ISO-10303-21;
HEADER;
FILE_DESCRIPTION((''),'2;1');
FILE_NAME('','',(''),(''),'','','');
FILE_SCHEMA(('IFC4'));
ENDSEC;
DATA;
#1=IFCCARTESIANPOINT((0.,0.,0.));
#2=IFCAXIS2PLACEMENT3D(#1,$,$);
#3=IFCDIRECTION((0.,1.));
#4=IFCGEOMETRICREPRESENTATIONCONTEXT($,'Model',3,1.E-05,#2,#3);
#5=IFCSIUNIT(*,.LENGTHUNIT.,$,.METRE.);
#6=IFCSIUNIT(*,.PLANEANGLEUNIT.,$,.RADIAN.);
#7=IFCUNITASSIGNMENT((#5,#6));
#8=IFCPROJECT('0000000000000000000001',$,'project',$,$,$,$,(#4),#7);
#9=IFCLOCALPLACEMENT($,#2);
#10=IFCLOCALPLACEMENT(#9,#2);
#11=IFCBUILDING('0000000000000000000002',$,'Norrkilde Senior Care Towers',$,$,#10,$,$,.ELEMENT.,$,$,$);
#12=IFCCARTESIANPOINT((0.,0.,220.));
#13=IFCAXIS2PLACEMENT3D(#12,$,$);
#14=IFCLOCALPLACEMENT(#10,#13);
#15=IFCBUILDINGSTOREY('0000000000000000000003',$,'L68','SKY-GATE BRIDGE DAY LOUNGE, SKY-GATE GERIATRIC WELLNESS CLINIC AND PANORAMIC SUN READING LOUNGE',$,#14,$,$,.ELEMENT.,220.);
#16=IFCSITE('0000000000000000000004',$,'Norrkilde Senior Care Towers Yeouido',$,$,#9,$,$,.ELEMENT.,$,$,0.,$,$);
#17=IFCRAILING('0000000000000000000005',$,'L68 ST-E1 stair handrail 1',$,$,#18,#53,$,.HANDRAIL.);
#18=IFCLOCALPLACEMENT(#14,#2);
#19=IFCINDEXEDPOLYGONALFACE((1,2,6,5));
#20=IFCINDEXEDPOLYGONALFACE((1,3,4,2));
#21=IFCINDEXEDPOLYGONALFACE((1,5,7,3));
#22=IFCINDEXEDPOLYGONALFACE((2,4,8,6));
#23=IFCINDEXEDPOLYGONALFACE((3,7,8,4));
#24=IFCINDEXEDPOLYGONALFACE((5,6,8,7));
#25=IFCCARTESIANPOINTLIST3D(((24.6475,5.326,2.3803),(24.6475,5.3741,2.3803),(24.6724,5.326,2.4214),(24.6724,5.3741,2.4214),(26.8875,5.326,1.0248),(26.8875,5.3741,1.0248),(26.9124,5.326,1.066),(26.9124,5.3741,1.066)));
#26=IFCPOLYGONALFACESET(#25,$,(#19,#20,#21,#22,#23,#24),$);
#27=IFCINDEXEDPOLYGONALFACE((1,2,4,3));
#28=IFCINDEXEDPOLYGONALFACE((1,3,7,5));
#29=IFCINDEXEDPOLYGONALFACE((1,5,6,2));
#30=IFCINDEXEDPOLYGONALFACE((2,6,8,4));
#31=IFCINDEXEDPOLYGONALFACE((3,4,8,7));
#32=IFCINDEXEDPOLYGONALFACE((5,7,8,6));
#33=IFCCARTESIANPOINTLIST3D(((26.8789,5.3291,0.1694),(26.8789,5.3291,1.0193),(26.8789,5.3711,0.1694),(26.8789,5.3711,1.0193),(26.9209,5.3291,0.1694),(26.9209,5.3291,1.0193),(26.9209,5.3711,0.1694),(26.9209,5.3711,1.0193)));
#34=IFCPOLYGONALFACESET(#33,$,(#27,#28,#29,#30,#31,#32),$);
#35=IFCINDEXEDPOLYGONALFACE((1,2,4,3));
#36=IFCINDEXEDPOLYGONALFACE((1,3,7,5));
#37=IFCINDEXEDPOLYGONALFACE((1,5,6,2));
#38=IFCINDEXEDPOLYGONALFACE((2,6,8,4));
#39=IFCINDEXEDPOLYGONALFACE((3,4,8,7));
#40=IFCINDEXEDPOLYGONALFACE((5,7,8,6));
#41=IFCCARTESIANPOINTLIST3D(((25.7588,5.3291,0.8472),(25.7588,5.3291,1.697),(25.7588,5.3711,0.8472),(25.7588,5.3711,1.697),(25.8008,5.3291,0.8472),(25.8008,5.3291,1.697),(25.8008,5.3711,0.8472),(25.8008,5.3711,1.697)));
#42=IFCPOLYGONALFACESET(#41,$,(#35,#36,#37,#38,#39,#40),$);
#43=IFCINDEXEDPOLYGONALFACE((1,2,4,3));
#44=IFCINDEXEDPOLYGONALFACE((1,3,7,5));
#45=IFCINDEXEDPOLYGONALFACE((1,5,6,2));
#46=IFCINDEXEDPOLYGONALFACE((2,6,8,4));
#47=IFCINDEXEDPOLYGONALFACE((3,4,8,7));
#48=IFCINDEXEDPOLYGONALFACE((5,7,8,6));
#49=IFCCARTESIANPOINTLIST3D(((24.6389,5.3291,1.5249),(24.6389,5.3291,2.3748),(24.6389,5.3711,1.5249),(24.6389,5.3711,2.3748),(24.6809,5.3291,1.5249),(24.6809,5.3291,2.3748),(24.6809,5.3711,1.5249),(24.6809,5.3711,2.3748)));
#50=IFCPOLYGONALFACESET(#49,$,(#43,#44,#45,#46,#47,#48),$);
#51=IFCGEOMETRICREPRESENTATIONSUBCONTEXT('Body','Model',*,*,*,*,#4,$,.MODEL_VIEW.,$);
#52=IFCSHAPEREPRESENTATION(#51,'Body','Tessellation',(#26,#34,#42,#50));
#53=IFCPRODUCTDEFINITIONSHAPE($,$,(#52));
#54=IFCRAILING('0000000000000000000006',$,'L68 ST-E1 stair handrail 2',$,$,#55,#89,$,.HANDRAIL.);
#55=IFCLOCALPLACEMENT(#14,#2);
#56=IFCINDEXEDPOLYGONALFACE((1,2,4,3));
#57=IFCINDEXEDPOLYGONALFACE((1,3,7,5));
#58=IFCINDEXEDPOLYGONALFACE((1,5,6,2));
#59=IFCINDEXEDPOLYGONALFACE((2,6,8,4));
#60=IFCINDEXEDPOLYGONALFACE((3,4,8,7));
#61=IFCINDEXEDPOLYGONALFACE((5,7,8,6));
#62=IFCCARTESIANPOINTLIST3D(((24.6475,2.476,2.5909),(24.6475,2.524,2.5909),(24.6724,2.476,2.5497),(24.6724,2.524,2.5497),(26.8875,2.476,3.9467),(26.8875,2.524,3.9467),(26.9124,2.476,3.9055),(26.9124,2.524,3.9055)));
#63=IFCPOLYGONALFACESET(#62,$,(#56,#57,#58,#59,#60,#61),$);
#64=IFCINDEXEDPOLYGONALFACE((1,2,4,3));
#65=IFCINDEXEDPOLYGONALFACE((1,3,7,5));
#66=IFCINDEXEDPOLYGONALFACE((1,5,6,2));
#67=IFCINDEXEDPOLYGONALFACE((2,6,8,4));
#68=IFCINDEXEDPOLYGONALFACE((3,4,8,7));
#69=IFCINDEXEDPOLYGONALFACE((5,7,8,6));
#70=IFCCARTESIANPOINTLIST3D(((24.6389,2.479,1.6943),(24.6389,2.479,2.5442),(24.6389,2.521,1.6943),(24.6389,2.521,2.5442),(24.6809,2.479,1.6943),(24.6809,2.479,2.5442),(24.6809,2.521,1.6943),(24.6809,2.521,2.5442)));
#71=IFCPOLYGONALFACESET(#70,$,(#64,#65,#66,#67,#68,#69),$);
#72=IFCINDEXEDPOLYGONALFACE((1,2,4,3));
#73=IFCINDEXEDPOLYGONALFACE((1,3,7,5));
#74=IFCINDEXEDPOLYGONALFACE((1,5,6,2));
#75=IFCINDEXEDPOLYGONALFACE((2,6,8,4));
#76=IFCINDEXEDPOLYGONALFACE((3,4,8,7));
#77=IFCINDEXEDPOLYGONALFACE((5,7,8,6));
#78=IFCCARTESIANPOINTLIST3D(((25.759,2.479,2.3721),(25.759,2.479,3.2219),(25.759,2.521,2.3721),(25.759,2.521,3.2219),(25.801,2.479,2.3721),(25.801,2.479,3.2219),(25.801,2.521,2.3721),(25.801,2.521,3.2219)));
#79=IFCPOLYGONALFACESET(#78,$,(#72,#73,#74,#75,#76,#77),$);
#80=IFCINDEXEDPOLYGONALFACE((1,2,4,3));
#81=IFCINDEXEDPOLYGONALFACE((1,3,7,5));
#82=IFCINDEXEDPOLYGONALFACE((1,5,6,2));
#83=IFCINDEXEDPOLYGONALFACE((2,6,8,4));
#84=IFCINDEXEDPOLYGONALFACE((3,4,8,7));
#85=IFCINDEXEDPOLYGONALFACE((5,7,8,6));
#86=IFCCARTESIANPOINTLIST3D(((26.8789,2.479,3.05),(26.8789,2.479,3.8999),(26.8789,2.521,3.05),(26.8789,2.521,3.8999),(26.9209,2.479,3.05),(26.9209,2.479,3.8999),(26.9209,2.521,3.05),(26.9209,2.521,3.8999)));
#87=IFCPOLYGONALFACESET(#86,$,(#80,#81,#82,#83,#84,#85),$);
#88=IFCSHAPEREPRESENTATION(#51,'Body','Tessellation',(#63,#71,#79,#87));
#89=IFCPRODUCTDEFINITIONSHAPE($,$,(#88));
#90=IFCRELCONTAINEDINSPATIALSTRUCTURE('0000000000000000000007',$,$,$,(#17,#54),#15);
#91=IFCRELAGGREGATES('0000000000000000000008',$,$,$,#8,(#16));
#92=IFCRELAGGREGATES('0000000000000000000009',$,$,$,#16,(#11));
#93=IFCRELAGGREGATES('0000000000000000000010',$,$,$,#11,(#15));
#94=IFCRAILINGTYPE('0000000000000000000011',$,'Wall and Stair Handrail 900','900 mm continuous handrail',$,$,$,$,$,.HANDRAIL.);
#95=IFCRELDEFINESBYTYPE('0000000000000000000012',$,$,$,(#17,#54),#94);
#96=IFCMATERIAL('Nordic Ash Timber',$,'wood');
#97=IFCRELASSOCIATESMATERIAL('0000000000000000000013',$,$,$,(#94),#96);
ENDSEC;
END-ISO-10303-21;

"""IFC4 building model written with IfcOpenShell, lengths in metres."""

from ifc_helpers import new_model, si_unit, direction, frame, origin, origin_2d, place, context, subcontext, project, spatial, rectangle, extrude, material, type_object, element, save


model = new_model("IFC4")

# Units and contexts
model_context = context("Model", 3, precision=1e-05, world=origin(), true_north=direction((0.0, 1.0)))
body_context = subcontext(model_context, "Body", "Model", "MODEL_VIEW")
ifc_project = project(units=[si_unit("LENGTHUNIT", "METRE"), si_unit("PLANEANGLEUNIT", "RADIAN")], contexts=[model_context])

# Site, building, storey
site_placement = place(None, origin())
site = spatial("IfcSite", under=ifc_project, at=site_placement, Name="Norrkilde Senior Care Towers Yeouido", CompositionType="ELEMENT", RefElevation=0.0)
building_placement = place(site_placement, origin())
building = spatial("IfcBuilding", under=site, at=building_placement, Name="Norrkilde Senior Care Towers", CompositionType="ELEMENT")
storey_placement = place(building_placement, frame((0.0, 0.0, 220.0)))
storey = spatial("IfcBuildingStorey", under=building, at=storey_placement, Name="L68", Description="SKY-GATE BRIDGE DAY LOUNGE, SKY-GATE GERIATRIC WELLNESS CLINIC AND PANORAMIC SUN READING LOUNGE", CompositionType="ELEMENT", Elevation=220.0)

# Railings
ifc_material_1 = material(Name="Nordic Ash Timber", Category="wood")
railing_type_1 = type_object("IfcRailingType", Name="Wall and Stair Handrail 900", Description="900 mm continuous handrail", PredefinedType="HANDRAIL", material=ifc_material_1)
railing_1_placement = place(storey_placement, frame((26.8999, 5.3501, 0.1694)))
element("IfcRailing", 1, at=railing_1_placement, inside=storey, type_object=railing_type_1, Name="L68 ST-E1 stair handrail 1", PredefinedType="HANDRAIL", context=body_context, shape_type="SweptSolid", body=[
    extrude(rectangle(XDim=0.0481, YDim=0.0481, at=origin_2d()), frame((0.0, 0.0, 0.876), z_axis=(-0.855553, 0.0, 0.517715), x_axis=(0.0, -1.0, 0.0)), (0.0, 0.0, 1.0), 2.6182),
    extrude(rectangle(XDim=0.042, YDim=0.042, at=origin_2d()), origin(), (0.0, 0.0, 1.0), 0.8499),
    extrude(rectangle(XDim=0.042, YDim=0.042, at=origin_2d()), frame((-1.1201, 0.0, 0.6777)), (0.0, 0.0, 1.0), 0.8499),
    extrude(rectangle(XDim=0.042, YDim=0.042, at=origin_2d()), frame((-2.24, 0.0, 1.3555)), (0.0, 0.0, 1.0), 0.8499),
])
railing_2_placement = place(storey_placement, frame((24.6599, 2.5, 1.6943)))
element("IfcRailing", 2, at=railing_2_placement, inside=storey, type_object=railing_type_1, Name="L68 ST-E1 stair handrail 2", PredefinedType="HANDRAIL", context=body_context, shape_type="SweptSolid", body=[
    extrude(rectangle(XDim=0.0481, YDim=0.0481, at=origin_2d()), frame((0.0, 0.0, 0.876), z_axis=(0.855512, 0.0, 0.517783), x_axis=(0.0, 1.0, 0.0)), (0.0, 0.0, 1.0), 2.6184),
    extrude(rectangle(XDim=0.042, YDim=0.042, at=origin_2d()), origin(), (0.0, 0.0, 1.0), 0.8499),
    extrude(rectangle(XDim=0.042, YDim=0.042, at=origin_2d()), frame((1.1201, 0.0, 0.6777)), (0.0, 0.0, 1.0), 0.8499),
    extrude(rectangle(XDim=0.042, YDim=0.042, at=origin_2d()), frame((2.24, 0.0, 1.3557)), (0.0, 0.0, 1.0), 0.8499),
])

save(model, "model.ifc")
